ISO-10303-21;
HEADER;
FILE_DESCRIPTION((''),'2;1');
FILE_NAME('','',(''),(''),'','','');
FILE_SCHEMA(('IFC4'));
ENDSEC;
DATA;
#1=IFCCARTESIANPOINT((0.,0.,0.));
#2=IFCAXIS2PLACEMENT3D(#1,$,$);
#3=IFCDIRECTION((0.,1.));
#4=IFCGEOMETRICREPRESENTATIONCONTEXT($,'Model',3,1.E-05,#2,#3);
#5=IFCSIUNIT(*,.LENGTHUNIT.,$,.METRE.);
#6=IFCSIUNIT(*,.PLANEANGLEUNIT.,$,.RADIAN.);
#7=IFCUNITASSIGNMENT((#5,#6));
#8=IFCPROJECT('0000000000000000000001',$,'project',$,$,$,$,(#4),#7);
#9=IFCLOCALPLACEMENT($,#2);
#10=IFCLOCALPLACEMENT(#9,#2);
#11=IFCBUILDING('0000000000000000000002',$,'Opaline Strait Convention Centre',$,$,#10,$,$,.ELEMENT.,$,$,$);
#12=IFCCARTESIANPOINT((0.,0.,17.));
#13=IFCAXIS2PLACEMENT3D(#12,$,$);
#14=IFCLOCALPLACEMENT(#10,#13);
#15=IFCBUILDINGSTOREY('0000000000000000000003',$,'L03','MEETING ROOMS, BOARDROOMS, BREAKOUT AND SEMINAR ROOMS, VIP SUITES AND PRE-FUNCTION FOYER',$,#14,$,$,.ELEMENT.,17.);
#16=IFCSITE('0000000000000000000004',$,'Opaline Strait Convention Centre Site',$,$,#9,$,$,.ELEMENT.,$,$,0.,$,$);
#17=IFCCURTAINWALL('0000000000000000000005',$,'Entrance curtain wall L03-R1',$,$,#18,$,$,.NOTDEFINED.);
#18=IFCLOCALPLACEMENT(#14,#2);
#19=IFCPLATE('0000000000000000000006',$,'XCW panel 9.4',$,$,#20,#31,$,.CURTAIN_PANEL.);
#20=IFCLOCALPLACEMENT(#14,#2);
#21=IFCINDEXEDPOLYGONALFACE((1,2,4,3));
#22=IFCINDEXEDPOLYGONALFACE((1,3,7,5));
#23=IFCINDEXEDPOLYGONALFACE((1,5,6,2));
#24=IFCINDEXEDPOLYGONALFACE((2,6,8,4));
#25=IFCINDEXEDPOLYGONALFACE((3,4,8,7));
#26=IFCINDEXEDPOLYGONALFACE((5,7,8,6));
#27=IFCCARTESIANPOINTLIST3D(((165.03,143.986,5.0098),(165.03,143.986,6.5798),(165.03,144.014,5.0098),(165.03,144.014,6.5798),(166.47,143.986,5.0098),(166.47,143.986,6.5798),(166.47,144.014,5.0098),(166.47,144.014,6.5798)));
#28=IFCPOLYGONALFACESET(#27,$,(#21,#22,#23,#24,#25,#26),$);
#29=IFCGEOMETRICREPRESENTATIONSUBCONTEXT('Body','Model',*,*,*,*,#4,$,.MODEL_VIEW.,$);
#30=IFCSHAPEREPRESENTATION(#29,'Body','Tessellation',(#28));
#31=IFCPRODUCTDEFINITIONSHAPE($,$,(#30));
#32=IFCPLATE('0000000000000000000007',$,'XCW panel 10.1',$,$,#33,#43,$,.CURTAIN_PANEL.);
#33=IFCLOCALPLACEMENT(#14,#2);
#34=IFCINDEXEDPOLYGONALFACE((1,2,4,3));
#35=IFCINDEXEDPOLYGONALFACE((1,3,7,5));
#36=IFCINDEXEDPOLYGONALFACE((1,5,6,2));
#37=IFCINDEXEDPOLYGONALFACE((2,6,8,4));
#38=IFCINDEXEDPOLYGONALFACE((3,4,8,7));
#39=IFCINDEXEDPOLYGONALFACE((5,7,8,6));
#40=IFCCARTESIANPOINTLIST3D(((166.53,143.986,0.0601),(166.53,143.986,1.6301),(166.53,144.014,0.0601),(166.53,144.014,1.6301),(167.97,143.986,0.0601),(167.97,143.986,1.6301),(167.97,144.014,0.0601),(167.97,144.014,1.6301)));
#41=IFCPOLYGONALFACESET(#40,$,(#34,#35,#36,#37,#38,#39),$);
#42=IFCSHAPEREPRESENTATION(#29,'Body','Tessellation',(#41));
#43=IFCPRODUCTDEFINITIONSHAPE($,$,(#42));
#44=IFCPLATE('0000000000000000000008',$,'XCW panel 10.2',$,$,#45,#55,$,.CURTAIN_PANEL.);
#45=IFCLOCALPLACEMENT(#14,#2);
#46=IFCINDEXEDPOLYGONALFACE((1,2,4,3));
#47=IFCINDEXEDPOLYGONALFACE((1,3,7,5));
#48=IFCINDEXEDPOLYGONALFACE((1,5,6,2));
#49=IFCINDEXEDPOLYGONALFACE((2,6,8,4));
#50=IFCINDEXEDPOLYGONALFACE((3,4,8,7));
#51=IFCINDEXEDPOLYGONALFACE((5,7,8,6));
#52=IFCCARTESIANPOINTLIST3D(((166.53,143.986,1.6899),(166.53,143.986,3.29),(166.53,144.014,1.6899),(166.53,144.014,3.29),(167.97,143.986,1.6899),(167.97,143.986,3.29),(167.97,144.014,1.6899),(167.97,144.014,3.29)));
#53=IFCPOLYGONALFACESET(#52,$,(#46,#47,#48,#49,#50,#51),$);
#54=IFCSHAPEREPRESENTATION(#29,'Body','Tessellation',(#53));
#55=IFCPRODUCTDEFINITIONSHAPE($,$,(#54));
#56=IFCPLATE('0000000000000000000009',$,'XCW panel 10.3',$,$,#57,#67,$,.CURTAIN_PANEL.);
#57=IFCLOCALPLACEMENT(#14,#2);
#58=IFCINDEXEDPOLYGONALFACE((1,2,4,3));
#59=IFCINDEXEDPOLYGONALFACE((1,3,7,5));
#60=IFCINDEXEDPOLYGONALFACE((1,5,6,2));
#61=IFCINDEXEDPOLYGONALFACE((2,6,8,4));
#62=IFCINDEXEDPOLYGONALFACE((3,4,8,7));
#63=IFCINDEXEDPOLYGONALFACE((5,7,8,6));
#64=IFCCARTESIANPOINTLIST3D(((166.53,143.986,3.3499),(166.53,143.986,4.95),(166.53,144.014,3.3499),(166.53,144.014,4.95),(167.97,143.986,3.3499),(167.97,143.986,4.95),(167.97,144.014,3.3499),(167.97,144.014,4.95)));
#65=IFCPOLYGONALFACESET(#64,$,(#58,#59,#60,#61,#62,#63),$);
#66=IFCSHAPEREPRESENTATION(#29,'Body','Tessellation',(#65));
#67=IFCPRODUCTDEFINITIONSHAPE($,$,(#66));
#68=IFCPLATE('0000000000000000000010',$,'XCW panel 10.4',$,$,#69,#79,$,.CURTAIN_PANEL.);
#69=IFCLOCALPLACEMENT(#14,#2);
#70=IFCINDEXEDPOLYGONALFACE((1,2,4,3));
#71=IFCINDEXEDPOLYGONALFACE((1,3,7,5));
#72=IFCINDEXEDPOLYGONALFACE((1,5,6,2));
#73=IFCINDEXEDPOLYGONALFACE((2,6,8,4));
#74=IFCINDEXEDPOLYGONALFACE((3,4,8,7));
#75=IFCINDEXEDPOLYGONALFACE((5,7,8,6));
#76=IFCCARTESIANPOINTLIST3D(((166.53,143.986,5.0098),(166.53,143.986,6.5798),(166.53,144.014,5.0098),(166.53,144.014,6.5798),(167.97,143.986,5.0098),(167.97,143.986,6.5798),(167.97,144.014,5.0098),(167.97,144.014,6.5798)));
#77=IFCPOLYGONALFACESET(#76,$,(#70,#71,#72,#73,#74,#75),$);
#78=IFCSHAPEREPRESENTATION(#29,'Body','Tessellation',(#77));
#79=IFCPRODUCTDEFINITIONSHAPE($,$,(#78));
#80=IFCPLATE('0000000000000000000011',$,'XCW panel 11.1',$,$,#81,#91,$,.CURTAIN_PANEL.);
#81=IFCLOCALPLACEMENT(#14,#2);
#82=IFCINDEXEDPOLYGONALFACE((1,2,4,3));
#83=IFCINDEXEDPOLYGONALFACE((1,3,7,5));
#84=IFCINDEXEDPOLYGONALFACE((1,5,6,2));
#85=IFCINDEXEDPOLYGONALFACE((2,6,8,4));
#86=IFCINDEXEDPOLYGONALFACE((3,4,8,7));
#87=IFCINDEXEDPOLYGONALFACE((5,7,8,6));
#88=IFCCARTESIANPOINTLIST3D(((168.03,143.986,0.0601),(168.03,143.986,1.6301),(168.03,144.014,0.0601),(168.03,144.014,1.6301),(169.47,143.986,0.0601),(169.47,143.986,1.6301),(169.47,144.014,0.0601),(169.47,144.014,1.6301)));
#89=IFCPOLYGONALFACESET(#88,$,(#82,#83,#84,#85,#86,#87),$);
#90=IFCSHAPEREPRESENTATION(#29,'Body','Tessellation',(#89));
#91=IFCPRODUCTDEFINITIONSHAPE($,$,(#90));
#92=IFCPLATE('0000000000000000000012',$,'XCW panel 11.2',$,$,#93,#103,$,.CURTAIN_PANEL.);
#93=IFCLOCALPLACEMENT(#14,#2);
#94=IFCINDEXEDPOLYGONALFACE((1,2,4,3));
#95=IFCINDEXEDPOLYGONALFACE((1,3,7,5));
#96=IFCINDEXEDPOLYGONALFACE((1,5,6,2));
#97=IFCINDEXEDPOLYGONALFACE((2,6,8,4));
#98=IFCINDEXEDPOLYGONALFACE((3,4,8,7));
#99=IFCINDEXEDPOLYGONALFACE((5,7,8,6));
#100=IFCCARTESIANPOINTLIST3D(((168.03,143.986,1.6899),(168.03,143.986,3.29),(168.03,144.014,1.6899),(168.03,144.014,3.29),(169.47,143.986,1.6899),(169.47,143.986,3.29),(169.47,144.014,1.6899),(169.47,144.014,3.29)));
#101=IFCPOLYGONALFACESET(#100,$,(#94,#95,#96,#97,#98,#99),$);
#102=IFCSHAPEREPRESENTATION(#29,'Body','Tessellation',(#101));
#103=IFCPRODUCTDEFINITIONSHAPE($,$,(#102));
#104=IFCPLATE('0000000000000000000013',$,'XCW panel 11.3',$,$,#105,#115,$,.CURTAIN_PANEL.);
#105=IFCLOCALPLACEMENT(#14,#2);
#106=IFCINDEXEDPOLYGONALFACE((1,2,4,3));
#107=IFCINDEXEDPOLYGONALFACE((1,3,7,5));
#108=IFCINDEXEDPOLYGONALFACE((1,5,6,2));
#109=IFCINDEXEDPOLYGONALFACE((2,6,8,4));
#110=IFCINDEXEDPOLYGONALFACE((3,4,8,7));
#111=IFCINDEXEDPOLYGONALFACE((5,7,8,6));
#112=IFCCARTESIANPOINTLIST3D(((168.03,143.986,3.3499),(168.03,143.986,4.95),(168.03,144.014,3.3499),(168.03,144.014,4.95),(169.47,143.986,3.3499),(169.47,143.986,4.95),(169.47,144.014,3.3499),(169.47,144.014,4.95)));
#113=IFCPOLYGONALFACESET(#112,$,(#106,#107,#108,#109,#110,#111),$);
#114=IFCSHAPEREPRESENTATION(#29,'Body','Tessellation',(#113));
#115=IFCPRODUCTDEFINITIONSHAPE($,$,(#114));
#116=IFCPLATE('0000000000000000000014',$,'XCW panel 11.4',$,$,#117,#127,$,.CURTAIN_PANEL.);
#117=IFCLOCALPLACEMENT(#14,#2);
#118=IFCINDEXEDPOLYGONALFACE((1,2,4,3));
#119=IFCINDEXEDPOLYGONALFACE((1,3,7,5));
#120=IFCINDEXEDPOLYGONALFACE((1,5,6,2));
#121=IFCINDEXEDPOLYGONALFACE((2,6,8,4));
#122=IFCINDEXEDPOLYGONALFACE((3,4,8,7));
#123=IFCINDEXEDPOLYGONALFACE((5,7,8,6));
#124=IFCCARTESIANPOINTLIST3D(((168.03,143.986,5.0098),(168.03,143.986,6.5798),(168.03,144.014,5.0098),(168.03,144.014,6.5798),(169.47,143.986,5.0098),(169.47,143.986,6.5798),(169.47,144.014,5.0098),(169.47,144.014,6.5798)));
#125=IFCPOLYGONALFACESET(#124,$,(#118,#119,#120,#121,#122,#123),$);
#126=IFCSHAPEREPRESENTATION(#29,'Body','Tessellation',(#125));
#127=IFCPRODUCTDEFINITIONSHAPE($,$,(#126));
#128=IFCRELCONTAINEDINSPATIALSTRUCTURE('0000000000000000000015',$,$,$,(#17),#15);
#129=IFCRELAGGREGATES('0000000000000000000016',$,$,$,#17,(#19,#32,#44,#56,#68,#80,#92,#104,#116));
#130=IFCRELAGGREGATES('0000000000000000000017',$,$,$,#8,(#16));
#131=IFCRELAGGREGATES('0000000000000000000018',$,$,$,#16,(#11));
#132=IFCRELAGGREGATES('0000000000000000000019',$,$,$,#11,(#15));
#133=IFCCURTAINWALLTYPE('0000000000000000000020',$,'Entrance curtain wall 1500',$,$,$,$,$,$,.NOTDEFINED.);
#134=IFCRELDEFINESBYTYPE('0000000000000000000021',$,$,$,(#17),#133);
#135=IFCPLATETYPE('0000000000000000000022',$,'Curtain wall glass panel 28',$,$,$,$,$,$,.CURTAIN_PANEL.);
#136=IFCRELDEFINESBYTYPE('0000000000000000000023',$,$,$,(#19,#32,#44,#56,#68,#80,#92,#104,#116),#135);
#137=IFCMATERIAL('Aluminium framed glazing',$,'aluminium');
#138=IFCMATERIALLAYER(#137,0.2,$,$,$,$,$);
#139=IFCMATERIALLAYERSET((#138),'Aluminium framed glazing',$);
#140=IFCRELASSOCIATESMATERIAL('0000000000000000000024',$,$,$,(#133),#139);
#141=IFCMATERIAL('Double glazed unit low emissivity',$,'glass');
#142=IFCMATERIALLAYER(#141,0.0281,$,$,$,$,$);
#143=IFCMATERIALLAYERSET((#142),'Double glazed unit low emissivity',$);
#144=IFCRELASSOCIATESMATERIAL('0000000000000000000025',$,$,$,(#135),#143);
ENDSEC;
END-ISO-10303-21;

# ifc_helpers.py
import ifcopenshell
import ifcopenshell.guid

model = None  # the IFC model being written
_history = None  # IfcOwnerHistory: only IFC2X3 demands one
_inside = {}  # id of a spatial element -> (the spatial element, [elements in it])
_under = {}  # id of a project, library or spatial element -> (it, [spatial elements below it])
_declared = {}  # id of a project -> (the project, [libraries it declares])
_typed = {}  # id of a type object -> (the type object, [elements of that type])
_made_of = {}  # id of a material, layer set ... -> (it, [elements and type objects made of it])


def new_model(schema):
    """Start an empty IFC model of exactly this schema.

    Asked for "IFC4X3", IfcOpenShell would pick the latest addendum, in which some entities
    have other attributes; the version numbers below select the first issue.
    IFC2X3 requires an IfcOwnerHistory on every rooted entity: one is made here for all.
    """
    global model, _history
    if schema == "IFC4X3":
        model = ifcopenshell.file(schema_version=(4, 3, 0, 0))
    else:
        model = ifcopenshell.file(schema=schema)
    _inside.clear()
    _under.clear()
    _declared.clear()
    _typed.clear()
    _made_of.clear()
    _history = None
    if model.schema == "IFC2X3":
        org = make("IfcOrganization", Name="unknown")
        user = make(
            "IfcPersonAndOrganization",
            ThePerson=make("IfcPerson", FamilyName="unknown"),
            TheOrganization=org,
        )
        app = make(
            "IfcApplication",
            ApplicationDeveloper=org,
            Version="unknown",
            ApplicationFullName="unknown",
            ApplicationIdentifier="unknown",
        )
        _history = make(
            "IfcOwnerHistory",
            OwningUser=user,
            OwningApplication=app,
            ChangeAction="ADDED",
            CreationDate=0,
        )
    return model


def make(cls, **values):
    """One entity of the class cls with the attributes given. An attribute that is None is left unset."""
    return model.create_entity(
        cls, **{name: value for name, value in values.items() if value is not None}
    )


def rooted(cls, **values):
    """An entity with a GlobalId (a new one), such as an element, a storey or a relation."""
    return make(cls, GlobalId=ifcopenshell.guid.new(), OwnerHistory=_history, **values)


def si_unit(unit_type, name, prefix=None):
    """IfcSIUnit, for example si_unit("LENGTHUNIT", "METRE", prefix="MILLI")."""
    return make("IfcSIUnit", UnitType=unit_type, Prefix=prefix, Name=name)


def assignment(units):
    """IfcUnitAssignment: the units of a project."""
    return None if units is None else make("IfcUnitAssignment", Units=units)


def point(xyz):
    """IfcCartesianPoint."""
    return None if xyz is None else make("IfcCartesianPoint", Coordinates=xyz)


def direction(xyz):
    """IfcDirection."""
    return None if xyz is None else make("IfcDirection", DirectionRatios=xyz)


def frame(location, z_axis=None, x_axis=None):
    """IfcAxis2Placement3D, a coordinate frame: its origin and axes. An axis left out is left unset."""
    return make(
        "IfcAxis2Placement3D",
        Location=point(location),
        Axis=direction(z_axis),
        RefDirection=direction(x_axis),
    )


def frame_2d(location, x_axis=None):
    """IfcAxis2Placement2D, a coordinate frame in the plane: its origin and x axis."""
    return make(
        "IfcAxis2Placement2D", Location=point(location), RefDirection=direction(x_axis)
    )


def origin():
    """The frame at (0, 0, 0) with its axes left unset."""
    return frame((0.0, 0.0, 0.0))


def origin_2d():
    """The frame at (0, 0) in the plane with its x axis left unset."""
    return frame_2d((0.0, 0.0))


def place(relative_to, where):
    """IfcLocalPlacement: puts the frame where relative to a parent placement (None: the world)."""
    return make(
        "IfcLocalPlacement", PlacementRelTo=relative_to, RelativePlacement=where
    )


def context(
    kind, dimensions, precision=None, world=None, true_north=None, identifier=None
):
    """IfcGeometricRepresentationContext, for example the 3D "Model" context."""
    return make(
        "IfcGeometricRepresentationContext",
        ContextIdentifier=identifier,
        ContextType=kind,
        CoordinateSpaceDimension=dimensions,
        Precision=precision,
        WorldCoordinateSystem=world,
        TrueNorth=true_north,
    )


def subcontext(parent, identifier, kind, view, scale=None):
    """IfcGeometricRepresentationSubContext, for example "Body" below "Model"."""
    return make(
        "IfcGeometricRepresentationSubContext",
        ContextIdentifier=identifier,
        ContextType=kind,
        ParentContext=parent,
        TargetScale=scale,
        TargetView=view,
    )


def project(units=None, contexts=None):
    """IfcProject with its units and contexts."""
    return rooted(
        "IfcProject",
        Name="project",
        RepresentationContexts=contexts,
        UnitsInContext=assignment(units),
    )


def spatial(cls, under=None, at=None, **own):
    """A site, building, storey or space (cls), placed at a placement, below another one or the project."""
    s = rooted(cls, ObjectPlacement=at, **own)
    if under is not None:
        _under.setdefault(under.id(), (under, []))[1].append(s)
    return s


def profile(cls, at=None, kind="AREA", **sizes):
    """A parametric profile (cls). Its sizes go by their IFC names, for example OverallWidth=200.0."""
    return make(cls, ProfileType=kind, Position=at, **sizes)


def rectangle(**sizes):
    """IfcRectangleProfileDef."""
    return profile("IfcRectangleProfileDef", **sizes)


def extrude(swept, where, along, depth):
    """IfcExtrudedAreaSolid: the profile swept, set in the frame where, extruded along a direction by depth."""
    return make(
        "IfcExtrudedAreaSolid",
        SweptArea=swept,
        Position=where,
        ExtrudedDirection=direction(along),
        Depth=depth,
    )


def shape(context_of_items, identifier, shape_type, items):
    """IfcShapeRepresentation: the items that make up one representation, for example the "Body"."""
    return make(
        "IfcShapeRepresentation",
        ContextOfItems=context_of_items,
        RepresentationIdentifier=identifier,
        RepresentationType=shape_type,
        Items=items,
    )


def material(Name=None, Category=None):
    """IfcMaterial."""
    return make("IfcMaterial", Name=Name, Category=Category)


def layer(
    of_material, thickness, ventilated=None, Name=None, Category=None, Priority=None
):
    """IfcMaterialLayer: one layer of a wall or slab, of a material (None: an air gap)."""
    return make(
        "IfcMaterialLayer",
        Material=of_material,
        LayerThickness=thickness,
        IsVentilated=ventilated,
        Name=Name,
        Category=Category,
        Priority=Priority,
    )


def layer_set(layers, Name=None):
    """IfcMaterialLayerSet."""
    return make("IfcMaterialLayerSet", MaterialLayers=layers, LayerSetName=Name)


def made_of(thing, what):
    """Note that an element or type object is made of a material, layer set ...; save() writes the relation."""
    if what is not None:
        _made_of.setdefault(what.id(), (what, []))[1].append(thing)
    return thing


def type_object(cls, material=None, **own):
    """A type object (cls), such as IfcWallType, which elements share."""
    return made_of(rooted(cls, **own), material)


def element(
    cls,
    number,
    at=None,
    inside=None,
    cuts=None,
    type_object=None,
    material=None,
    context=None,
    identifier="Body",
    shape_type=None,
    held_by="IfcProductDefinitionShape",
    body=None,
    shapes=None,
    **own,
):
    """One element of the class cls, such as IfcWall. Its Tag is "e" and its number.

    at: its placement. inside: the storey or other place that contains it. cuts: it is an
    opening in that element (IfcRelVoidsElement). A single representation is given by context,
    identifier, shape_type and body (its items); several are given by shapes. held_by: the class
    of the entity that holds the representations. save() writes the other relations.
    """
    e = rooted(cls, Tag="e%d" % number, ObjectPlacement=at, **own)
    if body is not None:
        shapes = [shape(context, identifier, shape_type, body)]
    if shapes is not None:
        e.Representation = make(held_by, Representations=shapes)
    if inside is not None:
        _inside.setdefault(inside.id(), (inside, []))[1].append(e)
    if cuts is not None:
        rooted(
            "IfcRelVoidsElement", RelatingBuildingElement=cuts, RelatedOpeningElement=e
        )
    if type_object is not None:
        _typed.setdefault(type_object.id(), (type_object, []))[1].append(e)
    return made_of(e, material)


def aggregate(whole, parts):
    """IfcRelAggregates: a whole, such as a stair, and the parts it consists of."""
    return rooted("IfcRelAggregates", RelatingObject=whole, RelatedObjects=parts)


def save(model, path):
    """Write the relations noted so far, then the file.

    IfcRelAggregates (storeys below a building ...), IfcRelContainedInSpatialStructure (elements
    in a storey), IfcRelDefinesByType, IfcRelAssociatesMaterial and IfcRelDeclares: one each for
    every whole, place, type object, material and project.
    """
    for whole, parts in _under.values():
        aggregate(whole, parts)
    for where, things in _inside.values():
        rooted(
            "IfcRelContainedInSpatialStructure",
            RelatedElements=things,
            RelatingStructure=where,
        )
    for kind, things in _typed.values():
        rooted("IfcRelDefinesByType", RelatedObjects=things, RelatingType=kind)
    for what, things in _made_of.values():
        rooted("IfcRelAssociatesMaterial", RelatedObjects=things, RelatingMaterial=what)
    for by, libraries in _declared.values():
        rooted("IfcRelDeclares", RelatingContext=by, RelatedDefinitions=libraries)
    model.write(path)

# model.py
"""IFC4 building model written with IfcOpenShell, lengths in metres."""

from ifc_helpers import new_model, si_unit, direction, frame, origin, origin_2d, place, context, subcontext, project, spatial, rectangle, extrude, material, layer, layer_set, type_object, element, aggregate, save


model = new_model("IFC4")

# Units and contexts
model_context = context("Model", 3, precision=1e-05, world=origin(), true_north=direction((0.0, 1.0)))
body_context = subcontext(model_context, "Body", "Model", "MODEL_VIEW")
ifc_project = project(units=[si_unit("LENGTHUNIT", "METRE"), si_unit("PLANEANGLEUNIT", "RADIAN")], contexts=[model_context])

# Site, building, storey
site_placement = place(None, origin())
site = spatial("IfcSite", under=ifc_project, at=site_placement, Name="Opaline Strait Convention Centre Site", CompositionType="ELEMENT", RefElevation=0.0)
building_placement = place(site_placement, origin())
building = spatial("IfcBuilding", under=site, at=building_placement, Name="Opaline Strait Convention Centre", CompositionType="ELEMENT")
storey_placement = place(building_placement, frame((0.0, 0.0, 17.0)))
storey = spatial("IfcBuildingStorey", under=building, at=storey_placement, Name="L03", Description="MEETING ROOMS, BOARDROOMS, BREAKOUT AND SEMINAR ROOMS, VIP SUITES AND PRE-FUNCTION FOYER", CompositionType="ELEMENT", Elevation=17.0)

# Curtain wall, plates
ifc_material_1 = material(Name="Aluminium framed glazing", Category="aluminium")
ifc_layer_1 = layer(ifc_material_1, 0.2)
ifc_layer_set_1 = layer_set([ifc_layer_1], Name="Aluminium framed glazing")
curtain_wall_type = type_object("IfcCurtainWallType", Name="Entrance curtain wall 1500", PredefinedType="NOTDEFINED", material=ifc_layer_set_1)
curtain_wall_placement = place(storey_placement, origin())
curtain_wall = element("IfcCurtainWall", 1, at=curtain_wall_placement, inside=storey, type_object=curtain_wall_type, Name="Entrance curtain wall L03-R1", PredefinedType="NOTDEFINED")
ifc_material_2 = material(Name="Double glazed unit low emissivity", Category="glass")
ifc_layer_2 = layer(ifc_material_2, 0.0281)
ifc_layer_set_2 = layer_set([ifc_layer_2], Name="Double glazed unit low emissivity")
plate_type = type_object("IfcPlateType", Name="Curtain wall glass panel 28", PredefinedType="CURTAIN_PANEL", material=ifc_layer_set_2)
plate_1_placement = place(storey_placement, frame((165.75, 144.0, 5.0098), z_axis=(0.0, 0.0, 1.0), x_axis=(1.0, 0.0, 0.0)))
plate_1 = element("IfcPlate", 2, at=plate_1_placement, type_object=plate_type, Name="XCW panel 9.4", PredefinedType="CURTAIN_PANEL", context=body_context, shape_type="SweptSolid", body=[
    extrude(rectangle(XDim=1.4399, YDim=0.0281, at=origin_2d()), origin(), (0.0, 0.0, 1.0), 1.5701),
])
plate_2_placement = place(storey_placement, frame((167.25, 144.0, 0.0601), z_axis=(0.0, 0.0, 1.0), x_axis=(1.0, 0.0, 0.0)))
plate_2 = element("IfcPlate", 3, at=plate_2_placement, type_object=plate_type, Name="XCW panel 10.1", PredefinedType="CURTAIN_PANEL", context=body_context, shape_type="SweptSolid", body=[
    extrude(rectangle(XDim=1.4399, YDim=0.0281, at=origin_2d()), origin(), (0.0, 0.0, 1.0), 1.5701),
])
plate_3_placement = place(storey_placement, frame((167.25, 144.0, 1.6899), z_axis=(0.0, 0.0, 1.0), x_axis=(1.0, 0.0, 0.0)))
plate_3 = element("IfcPlate", 4, at=plate_3_placement, type_object=plate_type, Name="XCW panel 10.2", PredefinedType="CURTAIN_PANEL", context=body_context, shape_type="SweptSolid", body=[
    extrude(rectangle(XDim=1.4399, YDim=0.0281, at=origin_2d()), origin(), (0.0, 0.0, 1.0), 1.6001),
])
plate_4_placement = place(storey_placement, frame((167.25, 144.0, 3.3499), z_axis=(0.0, 0.0, 1.0), x_axis=(1.0, 0.0, 0.0)))
plate_4 = element("IfcPlate", 5, at=plate_4_placement, type_object=plate_type, Name="XCW panel 10.3", PredefinedType="CURTAIN_PANEL", context=body_context, shape_type="SweptSolid", body=[
    extrude(rectangle(XDim=1.4399, YDim=0.0281, at=origin_2d()), origin(), (0.0, 0.0, 1.0), 1.6001),
])
plate_5_placement = place(storey_placement, frame((167.25, 144.0, 5.0098), z_axis=(0.0, 0.0, 1.0), x_axis=(1.0, 0.0, 0.0)))
plate_5 = element("IfcPlate", 6, at=plate_5_placement, type_object=plate_type, Name="XCW panel 10.4", PredefinedType="CURTAIN_PANEL", context=body_context, shape_type="SweptSolid", body=[
    extrude(rectangle(XDim=1.4399, YDim=0.0281, at=origin_2d()), origin(), (0.0, 0.0, 1.0), 1.5701),
])
plate_6_placement = place(storey_placement, frame((168.75, 144.0, 0.0601), z_axis=(0.0, 0.0, 1.0), x_axis=(1.0, 0.0, 0.0)))
plate_6 = element("IfcPlate", 7, at=plate_6_placement, type_object=plate_type, Name="XCW panel 11.1", PredefinedType="CURTAIN_PANEL", context=body_context, shape_type="SweptSolid", body=[
    extrude(rectangle(XDim=1.4399, YDim=0.0281, at=origin_2d()), origin(), (0.0, 0.0, 1.0), 1.5701),
])
plate_7_placement = place(storey_placement, frame((168.75, 144.0, 1.6899), z_axis=(0.0, 0.0, 1.0), x_axis=(1.0, 0.0, 0.0)))
plate_7 = element("IfcPlate", 8, at=plate_7_placement, type_object=plate_type, Name="XCW panel 11.2", PredefinedType="CURTAIN_PANEL", context=body_context, shape_type="SweptSolid", body=[
    extrude(rectangle(XDim=1.4399, YDim=0.0281, at=origin_2d()), origin(), (0.0, 0.0, 1.0), 1.6001),
])
plate_8_placement = place(storey_placement, frame((168.75, 144.0, 3.3499), z_axis=(0.0, 0.0, 1.0), x_axis=(1.0, 0.0, 0.0)))
plate_8 = element("IfcPlate", 9, at=plate_8_placement, type_object=plate_type, Name="XCW panel 11.3", PredefinedType="CURTAIN_PANEL", context=body_context, shape_type="SweptSolid", body=[
    extrude(rectangle(XDim=1.4399, YDim=0.0281, at=origin_2d()), origin(), (0.0, 0.0, 1.0), 1.6001),
])
plate_9_placement = place(storey_placement, frame((168.75, 144.0, 5.0098), z_axis=(0.0, 0.0, 1.0), x_axis=(1.0, 0.0, 0.0)))
plate_9 = element("IfcPlate", 10, at=plate_9_placement, type_object=plate_type, Name="XCW panel 11.4", PredefinedType="CURTAIN_PANEL", context=body_context, shape_type="SweptSolid", body=[
    extrude(rectangle(XDim=1.4399, YDim=0.0281, at=origin_2d()), origin(), (0.0, 0.0, 1.0), 1.5701),
])
aggregate(curtain_wall, [plate_1, plate_2, plate_3, plate_4, plate_5, plate_6, plate_7, plate_8, plate_9])

save(model, "model.ifc")
